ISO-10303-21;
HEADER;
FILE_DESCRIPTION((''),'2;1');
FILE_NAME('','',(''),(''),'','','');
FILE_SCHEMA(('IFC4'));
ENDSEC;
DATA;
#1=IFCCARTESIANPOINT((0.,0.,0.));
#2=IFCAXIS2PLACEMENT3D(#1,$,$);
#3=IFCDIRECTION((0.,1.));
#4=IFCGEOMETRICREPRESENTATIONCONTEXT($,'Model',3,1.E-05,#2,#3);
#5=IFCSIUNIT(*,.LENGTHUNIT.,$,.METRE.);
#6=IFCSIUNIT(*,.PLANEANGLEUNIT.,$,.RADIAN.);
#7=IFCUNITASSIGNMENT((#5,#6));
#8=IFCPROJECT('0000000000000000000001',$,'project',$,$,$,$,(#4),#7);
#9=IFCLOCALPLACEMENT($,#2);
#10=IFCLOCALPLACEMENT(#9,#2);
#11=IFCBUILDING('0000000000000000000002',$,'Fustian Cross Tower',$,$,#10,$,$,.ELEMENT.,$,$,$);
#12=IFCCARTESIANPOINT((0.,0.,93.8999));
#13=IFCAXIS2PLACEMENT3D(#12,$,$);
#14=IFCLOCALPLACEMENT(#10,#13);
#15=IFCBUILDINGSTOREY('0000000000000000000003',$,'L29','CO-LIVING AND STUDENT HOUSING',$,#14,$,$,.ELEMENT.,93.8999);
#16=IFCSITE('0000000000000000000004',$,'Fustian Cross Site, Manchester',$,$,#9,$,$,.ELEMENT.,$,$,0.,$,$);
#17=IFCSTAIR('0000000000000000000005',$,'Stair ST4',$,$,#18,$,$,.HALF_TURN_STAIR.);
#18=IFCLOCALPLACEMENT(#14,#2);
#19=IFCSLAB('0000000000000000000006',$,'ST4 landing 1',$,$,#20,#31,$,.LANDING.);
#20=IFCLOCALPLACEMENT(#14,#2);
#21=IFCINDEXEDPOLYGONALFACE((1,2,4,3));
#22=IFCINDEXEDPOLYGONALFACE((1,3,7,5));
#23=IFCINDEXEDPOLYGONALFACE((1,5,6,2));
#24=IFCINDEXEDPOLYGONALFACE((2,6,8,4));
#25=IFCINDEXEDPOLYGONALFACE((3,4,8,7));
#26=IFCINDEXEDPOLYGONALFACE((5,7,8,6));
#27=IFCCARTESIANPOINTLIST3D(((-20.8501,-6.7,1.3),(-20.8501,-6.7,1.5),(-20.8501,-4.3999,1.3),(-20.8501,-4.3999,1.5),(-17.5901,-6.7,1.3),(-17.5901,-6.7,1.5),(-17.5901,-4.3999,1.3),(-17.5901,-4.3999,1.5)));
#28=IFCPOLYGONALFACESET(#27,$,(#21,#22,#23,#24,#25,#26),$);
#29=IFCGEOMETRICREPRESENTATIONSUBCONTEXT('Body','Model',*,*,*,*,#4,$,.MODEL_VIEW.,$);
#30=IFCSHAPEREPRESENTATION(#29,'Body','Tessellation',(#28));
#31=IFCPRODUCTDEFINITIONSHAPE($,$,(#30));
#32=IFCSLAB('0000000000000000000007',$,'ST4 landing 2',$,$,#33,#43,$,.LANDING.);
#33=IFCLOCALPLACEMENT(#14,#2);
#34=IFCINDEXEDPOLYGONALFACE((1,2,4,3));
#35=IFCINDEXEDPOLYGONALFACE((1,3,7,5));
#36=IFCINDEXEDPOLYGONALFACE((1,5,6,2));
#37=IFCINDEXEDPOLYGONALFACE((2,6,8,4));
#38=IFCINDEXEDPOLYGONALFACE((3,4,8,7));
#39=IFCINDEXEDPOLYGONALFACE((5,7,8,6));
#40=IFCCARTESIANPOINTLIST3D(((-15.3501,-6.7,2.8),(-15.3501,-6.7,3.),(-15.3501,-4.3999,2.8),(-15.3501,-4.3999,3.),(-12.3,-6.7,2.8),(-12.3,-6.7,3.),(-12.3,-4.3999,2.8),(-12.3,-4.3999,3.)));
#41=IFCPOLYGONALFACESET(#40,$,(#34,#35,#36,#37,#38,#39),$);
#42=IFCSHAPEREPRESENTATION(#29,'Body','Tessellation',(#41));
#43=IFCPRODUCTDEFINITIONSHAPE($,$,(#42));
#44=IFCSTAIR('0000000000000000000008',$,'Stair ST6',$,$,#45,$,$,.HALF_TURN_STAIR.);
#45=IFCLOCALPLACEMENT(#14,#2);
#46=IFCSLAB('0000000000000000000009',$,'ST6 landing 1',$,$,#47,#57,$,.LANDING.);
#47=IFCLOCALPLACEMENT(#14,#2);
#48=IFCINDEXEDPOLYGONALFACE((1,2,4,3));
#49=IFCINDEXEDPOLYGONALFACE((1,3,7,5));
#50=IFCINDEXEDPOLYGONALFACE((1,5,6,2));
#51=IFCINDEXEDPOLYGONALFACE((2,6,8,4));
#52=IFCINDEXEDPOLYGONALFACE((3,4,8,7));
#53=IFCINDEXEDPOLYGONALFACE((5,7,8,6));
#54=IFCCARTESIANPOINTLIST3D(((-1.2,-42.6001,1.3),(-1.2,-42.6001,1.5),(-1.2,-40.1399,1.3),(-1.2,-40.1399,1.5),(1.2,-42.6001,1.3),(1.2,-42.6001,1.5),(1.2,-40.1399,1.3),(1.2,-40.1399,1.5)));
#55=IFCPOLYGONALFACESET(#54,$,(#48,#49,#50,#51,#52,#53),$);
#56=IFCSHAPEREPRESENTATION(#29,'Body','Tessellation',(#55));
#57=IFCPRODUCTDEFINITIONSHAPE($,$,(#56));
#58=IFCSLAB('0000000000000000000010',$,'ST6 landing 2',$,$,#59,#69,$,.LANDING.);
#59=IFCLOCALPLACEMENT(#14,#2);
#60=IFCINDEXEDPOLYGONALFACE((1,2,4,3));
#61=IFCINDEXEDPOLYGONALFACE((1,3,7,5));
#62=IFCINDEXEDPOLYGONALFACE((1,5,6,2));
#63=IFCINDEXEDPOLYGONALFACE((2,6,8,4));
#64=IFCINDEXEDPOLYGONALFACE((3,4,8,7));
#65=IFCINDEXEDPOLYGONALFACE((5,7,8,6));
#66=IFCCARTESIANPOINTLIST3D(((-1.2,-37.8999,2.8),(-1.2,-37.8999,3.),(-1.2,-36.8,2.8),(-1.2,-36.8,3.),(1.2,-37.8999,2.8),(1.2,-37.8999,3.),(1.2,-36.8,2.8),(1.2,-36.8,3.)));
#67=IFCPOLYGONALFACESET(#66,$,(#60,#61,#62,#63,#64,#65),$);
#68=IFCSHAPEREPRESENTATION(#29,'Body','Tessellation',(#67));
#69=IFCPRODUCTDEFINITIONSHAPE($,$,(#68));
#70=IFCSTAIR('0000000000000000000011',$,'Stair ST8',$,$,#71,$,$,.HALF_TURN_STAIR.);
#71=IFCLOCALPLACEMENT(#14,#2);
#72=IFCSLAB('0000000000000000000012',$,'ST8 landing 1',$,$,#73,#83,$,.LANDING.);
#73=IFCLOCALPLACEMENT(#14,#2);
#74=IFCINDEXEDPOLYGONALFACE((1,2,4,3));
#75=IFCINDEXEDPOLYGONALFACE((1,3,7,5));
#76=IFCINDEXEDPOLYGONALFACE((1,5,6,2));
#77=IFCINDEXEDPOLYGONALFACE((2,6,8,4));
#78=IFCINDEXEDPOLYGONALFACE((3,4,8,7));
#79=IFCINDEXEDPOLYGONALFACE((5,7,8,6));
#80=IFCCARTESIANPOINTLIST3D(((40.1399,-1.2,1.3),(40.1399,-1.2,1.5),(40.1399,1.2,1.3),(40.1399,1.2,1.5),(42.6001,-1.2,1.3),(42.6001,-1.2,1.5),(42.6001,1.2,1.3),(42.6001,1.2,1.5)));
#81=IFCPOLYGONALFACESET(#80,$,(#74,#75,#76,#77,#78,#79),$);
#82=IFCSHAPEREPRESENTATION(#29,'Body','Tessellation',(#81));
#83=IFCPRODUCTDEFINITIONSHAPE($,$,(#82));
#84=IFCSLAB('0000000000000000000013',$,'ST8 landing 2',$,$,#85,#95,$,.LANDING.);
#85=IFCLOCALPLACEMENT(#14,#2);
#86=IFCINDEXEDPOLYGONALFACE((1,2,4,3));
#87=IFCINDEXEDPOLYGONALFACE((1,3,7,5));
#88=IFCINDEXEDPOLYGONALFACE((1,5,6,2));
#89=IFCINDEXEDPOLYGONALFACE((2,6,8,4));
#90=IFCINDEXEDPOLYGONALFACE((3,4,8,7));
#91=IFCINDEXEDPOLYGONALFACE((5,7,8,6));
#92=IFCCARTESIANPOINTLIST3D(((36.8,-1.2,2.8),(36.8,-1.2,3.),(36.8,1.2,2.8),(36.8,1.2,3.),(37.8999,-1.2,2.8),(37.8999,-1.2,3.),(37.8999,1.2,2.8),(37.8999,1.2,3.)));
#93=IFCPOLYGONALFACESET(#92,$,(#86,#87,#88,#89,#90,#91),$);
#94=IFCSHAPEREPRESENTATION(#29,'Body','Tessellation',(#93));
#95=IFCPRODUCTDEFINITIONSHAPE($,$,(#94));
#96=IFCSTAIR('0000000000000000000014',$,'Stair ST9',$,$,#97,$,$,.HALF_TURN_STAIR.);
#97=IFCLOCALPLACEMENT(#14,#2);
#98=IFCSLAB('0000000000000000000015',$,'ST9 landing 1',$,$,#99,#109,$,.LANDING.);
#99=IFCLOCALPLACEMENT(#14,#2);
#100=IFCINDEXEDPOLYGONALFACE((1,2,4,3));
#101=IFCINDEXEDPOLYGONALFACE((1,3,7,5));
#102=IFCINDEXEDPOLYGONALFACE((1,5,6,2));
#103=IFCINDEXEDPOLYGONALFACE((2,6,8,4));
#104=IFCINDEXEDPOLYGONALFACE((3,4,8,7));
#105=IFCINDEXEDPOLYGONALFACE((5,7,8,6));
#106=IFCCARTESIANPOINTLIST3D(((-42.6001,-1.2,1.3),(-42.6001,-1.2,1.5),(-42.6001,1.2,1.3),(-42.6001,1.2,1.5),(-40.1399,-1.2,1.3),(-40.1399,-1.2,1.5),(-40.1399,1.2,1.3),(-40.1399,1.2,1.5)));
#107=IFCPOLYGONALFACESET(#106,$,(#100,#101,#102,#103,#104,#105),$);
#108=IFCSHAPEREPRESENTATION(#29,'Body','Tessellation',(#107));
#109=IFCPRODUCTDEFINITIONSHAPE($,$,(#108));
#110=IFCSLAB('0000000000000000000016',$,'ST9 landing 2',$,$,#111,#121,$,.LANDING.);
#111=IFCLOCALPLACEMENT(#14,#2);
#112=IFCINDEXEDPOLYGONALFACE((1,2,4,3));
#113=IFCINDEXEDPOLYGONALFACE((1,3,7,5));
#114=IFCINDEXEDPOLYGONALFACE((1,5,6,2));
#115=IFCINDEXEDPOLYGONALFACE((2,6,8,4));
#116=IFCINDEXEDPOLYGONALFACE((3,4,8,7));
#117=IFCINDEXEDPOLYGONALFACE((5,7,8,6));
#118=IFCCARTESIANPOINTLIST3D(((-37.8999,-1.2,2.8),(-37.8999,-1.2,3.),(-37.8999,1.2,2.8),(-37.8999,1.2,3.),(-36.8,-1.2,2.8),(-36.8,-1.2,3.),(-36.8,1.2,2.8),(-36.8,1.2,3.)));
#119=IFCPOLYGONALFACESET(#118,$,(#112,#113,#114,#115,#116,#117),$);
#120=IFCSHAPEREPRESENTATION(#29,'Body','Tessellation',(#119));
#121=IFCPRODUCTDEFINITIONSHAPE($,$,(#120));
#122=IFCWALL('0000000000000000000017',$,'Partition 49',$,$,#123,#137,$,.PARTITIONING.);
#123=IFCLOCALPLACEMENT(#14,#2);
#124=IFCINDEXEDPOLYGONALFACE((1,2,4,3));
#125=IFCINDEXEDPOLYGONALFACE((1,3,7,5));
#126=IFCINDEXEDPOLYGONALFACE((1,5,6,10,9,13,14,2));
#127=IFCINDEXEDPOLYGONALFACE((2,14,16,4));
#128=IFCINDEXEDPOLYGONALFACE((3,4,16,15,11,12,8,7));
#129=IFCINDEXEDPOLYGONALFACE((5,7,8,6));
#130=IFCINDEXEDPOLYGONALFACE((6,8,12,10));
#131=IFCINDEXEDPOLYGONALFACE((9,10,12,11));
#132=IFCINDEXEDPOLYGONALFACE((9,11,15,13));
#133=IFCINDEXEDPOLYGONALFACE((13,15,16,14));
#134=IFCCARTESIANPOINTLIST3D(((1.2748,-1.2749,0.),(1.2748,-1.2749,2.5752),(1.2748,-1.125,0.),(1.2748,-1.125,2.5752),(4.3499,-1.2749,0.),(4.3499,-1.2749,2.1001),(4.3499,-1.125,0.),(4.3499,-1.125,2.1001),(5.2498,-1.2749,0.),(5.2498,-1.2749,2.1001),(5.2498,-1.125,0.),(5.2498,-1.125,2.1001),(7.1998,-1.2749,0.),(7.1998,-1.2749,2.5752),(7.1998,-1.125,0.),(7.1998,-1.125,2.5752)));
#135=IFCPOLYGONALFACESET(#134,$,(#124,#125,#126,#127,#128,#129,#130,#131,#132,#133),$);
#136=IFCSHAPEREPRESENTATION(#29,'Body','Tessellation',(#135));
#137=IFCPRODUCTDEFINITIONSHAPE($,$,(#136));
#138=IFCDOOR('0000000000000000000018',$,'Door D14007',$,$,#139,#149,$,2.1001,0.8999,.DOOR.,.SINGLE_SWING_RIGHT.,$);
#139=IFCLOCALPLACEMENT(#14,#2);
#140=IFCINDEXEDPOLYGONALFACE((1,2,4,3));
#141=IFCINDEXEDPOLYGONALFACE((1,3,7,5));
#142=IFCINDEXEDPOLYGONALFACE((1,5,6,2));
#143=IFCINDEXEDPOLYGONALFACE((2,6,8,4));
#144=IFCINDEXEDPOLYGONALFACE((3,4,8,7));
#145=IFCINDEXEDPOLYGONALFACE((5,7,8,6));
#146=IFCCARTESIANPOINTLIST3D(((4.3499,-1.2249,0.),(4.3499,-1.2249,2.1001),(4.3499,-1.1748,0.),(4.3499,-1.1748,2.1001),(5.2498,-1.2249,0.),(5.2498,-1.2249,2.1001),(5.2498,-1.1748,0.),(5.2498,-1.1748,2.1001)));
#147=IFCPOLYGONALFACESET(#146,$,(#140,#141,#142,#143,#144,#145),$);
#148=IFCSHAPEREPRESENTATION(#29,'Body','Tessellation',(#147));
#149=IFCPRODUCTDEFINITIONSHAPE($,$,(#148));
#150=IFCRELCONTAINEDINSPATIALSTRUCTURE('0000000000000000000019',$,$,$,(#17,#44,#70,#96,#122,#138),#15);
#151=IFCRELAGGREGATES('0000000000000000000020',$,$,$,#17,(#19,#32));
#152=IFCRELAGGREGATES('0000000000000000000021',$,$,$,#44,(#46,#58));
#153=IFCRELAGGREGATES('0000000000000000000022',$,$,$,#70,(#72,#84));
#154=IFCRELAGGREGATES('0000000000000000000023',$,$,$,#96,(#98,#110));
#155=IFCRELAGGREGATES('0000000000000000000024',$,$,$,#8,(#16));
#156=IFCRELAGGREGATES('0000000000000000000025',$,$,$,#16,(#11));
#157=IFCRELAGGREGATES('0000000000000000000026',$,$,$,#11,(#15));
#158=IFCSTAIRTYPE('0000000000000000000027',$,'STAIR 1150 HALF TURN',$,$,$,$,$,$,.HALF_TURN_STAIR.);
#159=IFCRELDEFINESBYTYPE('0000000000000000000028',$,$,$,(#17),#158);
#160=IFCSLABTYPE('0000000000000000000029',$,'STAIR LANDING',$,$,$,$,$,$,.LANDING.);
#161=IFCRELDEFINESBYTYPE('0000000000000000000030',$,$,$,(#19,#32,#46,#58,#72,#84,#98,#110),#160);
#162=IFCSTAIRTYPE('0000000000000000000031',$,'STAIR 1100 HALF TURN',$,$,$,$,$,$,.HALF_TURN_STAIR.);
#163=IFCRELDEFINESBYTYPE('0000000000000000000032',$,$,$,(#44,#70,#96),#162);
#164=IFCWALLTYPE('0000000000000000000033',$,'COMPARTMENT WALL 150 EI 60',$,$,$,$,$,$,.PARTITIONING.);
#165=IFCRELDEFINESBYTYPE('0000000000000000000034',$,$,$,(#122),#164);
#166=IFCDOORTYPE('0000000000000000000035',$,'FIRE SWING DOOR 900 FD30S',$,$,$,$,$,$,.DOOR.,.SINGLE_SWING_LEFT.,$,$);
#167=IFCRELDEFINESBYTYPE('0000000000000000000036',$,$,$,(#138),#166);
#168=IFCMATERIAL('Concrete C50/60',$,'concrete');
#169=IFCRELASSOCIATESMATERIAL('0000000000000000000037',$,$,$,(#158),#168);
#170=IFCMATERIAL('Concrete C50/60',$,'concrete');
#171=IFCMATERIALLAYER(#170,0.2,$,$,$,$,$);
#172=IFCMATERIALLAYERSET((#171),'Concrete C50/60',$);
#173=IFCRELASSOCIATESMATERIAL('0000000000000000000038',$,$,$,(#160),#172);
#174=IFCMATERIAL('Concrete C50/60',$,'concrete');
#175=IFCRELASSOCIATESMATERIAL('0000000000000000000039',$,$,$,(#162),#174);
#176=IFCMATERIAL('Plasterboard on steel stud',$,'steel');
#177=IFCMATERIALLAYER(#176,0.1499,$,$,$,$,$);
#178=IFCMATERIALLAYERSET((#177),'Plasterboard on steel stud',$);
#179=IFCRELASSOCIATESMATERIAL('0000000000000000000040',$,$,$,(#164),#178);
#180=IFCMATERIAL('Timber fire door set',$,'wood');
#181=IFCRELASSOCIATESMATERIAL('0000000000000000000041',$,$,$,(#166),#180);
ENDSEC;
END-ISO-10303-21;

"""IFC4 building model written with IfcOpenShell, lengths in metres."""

from ifc_helpers import new_model, si_unit, direction, frame, frame_2d, origin, place, context, subcontext, project, spatial, polyline, rectangle, outline, extrude, material, layer, layer_set, type_object, element, fill, aggregate, save


model = new_model("IFC4")

# Units and contexts
model_context = context("Model", 3, precision=1e-05, world=origin(), true_north=direction((0.0, 1.0)))
body_context = subcontext(model_context, "Body", "Model", "MODEL_VIEW")
ifc_project = project(units=[si_unit("LENGTHUNIT", "METRE"), si_unit("PLANEANGLEUNIT", "RADIAN")], contexts=[model_context])

# Site, building, storey
site_placement = place(None, origin())
site = spatial("IfcSite", under=ifc_project, at=site_placement, Name="Fustian Cross Site, Manchester", CompositionType="ELEMENT", RefElevation=0.0)
building_placement = place(site_placement, origin())
building = spatial("IfcBuilding", under=site, at=building_placement, Name="Fustian Cross Tower", CompositionType="ELEMENT")
storey_placement = place(building_placement, frame((0.0, 0.0, 93.8999)))
storey = spatial("IfcBuildingStorey", under=building, at=storey_placement, Name="L29", Description="CO-LIVING AND STUDENT HOUSING", CompositionType="ELEMENT", Elevation=93.8999)

# Stairs, slabs
ifc_material_1 = material(Name="Concrete C50/60", Category="concrete")
stair_type_1 = type_object("IfcStairType", Name="STAIR 1150 HALF TURN", PredefinedType="HALF_TURN_STAIR", material=ifc_material_1)
stair_1_placement = place(storey_placement, origin())
stair_1 = element("IfcStair", 1, at=stair_1_placement, inside=storey, type_object=stair_type_1, Name="Stair ST4", PredefinedType="HALF_TURN_STAIR")
ifc_material_2 = material(Name="Concrete C50/60", Category="concrete")
ifc_layer_1 = layer(ifc_material_2, 0.2)
ifc_layer_set_1 = layer_set([ifc_layer_1], Name="Concrete C50/60")
slab_type = type_object("IfcSlabType", Name="STAIR LANDING", PredefinedType="LANDING", material=ifc_layer_set_1)
slab_1_placement = place(storey_placement, frame((0.0, 0.0, 1.3)))
slab_1 = element("IfcSlab", 2, at=slab_1_placement, type_object=slab_type, Name="ST4 landing 1", PredefinedType="LANDING", context=body_context, shape_type="SweptSolid", body=[
    extrude(outline(polyline([(-17.5901, -4.3999), (-20.8501, -4.3999), (-20.8501, -6.7), (-17.5901, -6.7), (-17.5901, -4.3999)])), origin(), (0.0, 0.0, 1.0), 0.2),
])
slab_2_placement = place(storey_placement, frame((0.0, 0.0, 2.8)))
slab_2 = element("IfcSlab", 3, at=slab_2_placement, type_object=slab_type, Name="ST4 landing 2", PredefinedType="LANDING", context=body_context, shape_type="SweptSolid", body=[
    extrude(outline(polyline([(-12.3, -4.3999), (-15.3501, -4.3999), (-15.3501, -6.7), (-12.3, -6.7), (-12.3, -4.3999)])), origin(), (0.0, 0.0, 1.0), 0.2),
])
aggregate(stair_1, [slab_1, slab_2])
ifc_material_3 = material(Name="Concrete C50/60", Category="concrete")
stair_type_2 = type_object("IfcStairType", Name="STAIR 1100 HALF TURN", PredefinedType="HALF_TURN_STAIR", material=ifc_material_3)
stair_2_placement = place(storey_placement, origin())
stair_2 = element("IfcStair", 4, at=stair_2_placement, inside=storey, type_object=stair_type_2, Name="Stair ST6", PredefinedType="HALF_TURN_STAIR")
slab_3_placement = place(storey_placement, frame((0.0, 0.0, 1.3)))
slab_3 = element("IfcSlab", 5, at=slab_3_placement, type_object=slab_type, Name="ST6 landing 1", PredefinedType="LANDING", context=body_context, shape_type="SweptSolid", body=[
    extrude(outline(polyline([(-1.2, -40.1399), (-1.2, -42.6001), (1.2, -42.6001), (1.2, -40.1399), (-1.2, -40.1399)])), origin(), (0.0, 0.0, 1.0), 0.2),
])
slab_4_placement = place(storey_placement, frame((0.0, 0.0, 2.8)))
slab_4 = element("IfcSlab", 6, at=slab_4_placement, type_object=slab_type, Name="ST6 landing 2", PredefinedType="LANDING", context=body_context, shape_type="SweptSolid", body=[
    extrude(outline(polyline([(-1.2, -36.8), (-1.2, -37.8999), (1.2, -37.8999), (1.2, -36.8), (-1.2, -36.8)])), origin(), (0.0, 0.0, 1.0), 0.2),
])
aggregate(stair_2, [slab_3, slab_4])
stair_3_placement = place(storey_placement, origin())
stair_3 = element("IfcStair", 7, at=stair_3_placement, inside=storey, type_object=stair_type_2, Name="Stair ST8", PredefinedType="HALF_TURN_STAIR")
slab_5_placement = place(storey_placement, frame((0.0, 0.0, 1.3)))
slab_5 = element("IfcSlab", 8, at=slab_5_placement, type_object=slab_type, Name="ST8 landing 1", PredefinedType="LANDING", context=body_context, shape_type="SweptSolid", body=[
    extrude(outline(polyline([(40.1399, -1.2), (42.6001, -1.2), (42.6001, 1.2), (40.1399, 1.2), (40.1399, -1.2)])), origin(), (0.0, 0.0, 1.0), 0.2),
])
slab_6_placement = place(storey_placement, frame((0.0, 0.0, 2.8)))
slab_6 = element("IfcSlab", 9, at=slab_6_placement, type_object=slab_type, Name="ST8 landing 2", PredefinedType="LANDING", context=body_context, shape_type="SweptSolid", body=[
    extrude(outline(polyline([(36.8, -1.2), (37.8999, -1.2), (37.8999, 1.2), (36.8, 1.2), (36.8, -1.2)])), origin(), (0.0, 0.0, 1.0), 0.2),
])
aggregate(stair_3, [slab_5, slab_6])
stair_4_placement = place(storey_placement, origin())
stair_4 = element("IfcStair", 10, at=stair_4_placement, inside=storey, type_object=stair_type_2, Name="Stair ST9", PredefinedType="HALF_TURN_STAIR")
slab_7_placement = place(storey_placement, frame((0.0, 0.0, 1.3)))
slab_7 = element("IfcSlab", 11, at=slab_7_placement, type_object=slab_type, Name="ST9 landing 1", PredefinedType="LANDING", context=body_context, shape_type="SweptSolid", body=[
    extrude(outline(polyline([(-40.1399, -1.2), (-42.6001, -1.2), (-42.6001, 1.2), (-40.1399, 1.2), (-40.1399, -1.2)])), origin(), (0.0, 0.0, 1.0), 0.2),
])
slab_8_placement = place(storey_placement, frame((0.0, 0.0, 2.8)))
slab_8 = element("IfcSlab", 12, at=slab_8_placement, type_object=slab_type, Name="ST9 landing 2", PredefinedType="LANDING", context=body_context, shape_type="SweptSolid", body=[
    extrude(outline(polyline([(-36.8, -1.2), (-37.8999, -1.2), (-37.8999, 1.2), (-36.8, 1.2), (-36.8, -1.2)])), origin(), (0.0, 0.0, 1.0), 0.2),
])
aggregate(stair_4, [slab_7, slab_8])

# Wall, opening, door
ifc_material_4 = material(Name="Plasterboard on steel stud", Category="steel")
ifc_layer_2 = layer(ifc_material_4, 0.1499)
ifc_layer_set_2 = layer_set([ifc_layer_2], Name="Plasterboard on steel stud")
wall_type_1 = type_object("IfcWallType", Name="COMPARTMENT WALL 150 EI 60", PredefinedType="PARTITIONING", material=ifc_layer_set_2)
wall_1_placement = place(storey_placement, frame((1.2749, -1.2, 0.0), z_axis=(0.0, 0.0, 1.0), x_axis=(1.0, 0.0, 0.0)))
wall_1 = element("IfcWall", 13, at=wall_1_placement, inside=storey, type_object=wall_type_1, Name="Partition 49", PredefinedType="PARTITIONING", context=body_context, shape_type="SweptSolid", body=[
    extrude(rectangle(XDim=5.925, YDim=0.1499, at=frame_2d((2.9624, 0.0))), origin(), (0.0, 0.0, 1.0), 2.5752),
])
opening_1_placement = place(wall_1_placement, frame((3.075, 0.0, 0.0)))
opening_1 = element("IfcOpeningElement", 14, at=opening_1_placement, cuts=wall_1, PredefinedType="OPENING", context=body_context, shape_type="SweptSolid", body=[
    extrude(rectangle(XDim=0.8999, YDim=2.1001, at=frame_2d((0.45, 1.05))), frame((0.0, 0.085, 0.0), z_axis=(0.0, -1.0, 0.0), x_axis=(1.0, 0.0, 0.0)), (0.0, 0.0, 1.0), 0.1699),
])
ifc_material_5 = material(Name="Timber fire door set", Category="wood")
door_type_1 = type_object("IfcDoorType", Name="FIRE SWING DOOR 900 FD30S", OperationType="SINGLE_SWING_LEFT", PredefinedType="DOOR", material=ifc_material_5)
door_1_placement = place(opening_1_placement, frame((0.8999, 0.0, 0.0), z_axis=(0.0, 0.0, 1.0), x_axis=(-1.0, 0.0, 0.0)))
door_1 = element("IfcDoor", 15, at=door_1_placement, inside=storey, type_object=door_type_1, Name="Door D14007", OperationType="SINGLE_SWING_RIGHT", OverallHeight=2.1001, OverallWidth=0.8999, PredefinedType="DOOR", context=body_context, shape_type="SweptSolid", body=[
    extrude(rectangle(XDim=0.8999, YDim=2.1001, at=frame_2d((0.45, 1.05))), frame((0.0, 0.0249, 0.0), z_axis=(0.0, -1.0, 0.0), x_axis=(1.0, 0.0, 0.0)), (0.0, 0.0, 1.0), 0.05),
])
fill(opening_1, door_1)

save(model, "model.ifc")
